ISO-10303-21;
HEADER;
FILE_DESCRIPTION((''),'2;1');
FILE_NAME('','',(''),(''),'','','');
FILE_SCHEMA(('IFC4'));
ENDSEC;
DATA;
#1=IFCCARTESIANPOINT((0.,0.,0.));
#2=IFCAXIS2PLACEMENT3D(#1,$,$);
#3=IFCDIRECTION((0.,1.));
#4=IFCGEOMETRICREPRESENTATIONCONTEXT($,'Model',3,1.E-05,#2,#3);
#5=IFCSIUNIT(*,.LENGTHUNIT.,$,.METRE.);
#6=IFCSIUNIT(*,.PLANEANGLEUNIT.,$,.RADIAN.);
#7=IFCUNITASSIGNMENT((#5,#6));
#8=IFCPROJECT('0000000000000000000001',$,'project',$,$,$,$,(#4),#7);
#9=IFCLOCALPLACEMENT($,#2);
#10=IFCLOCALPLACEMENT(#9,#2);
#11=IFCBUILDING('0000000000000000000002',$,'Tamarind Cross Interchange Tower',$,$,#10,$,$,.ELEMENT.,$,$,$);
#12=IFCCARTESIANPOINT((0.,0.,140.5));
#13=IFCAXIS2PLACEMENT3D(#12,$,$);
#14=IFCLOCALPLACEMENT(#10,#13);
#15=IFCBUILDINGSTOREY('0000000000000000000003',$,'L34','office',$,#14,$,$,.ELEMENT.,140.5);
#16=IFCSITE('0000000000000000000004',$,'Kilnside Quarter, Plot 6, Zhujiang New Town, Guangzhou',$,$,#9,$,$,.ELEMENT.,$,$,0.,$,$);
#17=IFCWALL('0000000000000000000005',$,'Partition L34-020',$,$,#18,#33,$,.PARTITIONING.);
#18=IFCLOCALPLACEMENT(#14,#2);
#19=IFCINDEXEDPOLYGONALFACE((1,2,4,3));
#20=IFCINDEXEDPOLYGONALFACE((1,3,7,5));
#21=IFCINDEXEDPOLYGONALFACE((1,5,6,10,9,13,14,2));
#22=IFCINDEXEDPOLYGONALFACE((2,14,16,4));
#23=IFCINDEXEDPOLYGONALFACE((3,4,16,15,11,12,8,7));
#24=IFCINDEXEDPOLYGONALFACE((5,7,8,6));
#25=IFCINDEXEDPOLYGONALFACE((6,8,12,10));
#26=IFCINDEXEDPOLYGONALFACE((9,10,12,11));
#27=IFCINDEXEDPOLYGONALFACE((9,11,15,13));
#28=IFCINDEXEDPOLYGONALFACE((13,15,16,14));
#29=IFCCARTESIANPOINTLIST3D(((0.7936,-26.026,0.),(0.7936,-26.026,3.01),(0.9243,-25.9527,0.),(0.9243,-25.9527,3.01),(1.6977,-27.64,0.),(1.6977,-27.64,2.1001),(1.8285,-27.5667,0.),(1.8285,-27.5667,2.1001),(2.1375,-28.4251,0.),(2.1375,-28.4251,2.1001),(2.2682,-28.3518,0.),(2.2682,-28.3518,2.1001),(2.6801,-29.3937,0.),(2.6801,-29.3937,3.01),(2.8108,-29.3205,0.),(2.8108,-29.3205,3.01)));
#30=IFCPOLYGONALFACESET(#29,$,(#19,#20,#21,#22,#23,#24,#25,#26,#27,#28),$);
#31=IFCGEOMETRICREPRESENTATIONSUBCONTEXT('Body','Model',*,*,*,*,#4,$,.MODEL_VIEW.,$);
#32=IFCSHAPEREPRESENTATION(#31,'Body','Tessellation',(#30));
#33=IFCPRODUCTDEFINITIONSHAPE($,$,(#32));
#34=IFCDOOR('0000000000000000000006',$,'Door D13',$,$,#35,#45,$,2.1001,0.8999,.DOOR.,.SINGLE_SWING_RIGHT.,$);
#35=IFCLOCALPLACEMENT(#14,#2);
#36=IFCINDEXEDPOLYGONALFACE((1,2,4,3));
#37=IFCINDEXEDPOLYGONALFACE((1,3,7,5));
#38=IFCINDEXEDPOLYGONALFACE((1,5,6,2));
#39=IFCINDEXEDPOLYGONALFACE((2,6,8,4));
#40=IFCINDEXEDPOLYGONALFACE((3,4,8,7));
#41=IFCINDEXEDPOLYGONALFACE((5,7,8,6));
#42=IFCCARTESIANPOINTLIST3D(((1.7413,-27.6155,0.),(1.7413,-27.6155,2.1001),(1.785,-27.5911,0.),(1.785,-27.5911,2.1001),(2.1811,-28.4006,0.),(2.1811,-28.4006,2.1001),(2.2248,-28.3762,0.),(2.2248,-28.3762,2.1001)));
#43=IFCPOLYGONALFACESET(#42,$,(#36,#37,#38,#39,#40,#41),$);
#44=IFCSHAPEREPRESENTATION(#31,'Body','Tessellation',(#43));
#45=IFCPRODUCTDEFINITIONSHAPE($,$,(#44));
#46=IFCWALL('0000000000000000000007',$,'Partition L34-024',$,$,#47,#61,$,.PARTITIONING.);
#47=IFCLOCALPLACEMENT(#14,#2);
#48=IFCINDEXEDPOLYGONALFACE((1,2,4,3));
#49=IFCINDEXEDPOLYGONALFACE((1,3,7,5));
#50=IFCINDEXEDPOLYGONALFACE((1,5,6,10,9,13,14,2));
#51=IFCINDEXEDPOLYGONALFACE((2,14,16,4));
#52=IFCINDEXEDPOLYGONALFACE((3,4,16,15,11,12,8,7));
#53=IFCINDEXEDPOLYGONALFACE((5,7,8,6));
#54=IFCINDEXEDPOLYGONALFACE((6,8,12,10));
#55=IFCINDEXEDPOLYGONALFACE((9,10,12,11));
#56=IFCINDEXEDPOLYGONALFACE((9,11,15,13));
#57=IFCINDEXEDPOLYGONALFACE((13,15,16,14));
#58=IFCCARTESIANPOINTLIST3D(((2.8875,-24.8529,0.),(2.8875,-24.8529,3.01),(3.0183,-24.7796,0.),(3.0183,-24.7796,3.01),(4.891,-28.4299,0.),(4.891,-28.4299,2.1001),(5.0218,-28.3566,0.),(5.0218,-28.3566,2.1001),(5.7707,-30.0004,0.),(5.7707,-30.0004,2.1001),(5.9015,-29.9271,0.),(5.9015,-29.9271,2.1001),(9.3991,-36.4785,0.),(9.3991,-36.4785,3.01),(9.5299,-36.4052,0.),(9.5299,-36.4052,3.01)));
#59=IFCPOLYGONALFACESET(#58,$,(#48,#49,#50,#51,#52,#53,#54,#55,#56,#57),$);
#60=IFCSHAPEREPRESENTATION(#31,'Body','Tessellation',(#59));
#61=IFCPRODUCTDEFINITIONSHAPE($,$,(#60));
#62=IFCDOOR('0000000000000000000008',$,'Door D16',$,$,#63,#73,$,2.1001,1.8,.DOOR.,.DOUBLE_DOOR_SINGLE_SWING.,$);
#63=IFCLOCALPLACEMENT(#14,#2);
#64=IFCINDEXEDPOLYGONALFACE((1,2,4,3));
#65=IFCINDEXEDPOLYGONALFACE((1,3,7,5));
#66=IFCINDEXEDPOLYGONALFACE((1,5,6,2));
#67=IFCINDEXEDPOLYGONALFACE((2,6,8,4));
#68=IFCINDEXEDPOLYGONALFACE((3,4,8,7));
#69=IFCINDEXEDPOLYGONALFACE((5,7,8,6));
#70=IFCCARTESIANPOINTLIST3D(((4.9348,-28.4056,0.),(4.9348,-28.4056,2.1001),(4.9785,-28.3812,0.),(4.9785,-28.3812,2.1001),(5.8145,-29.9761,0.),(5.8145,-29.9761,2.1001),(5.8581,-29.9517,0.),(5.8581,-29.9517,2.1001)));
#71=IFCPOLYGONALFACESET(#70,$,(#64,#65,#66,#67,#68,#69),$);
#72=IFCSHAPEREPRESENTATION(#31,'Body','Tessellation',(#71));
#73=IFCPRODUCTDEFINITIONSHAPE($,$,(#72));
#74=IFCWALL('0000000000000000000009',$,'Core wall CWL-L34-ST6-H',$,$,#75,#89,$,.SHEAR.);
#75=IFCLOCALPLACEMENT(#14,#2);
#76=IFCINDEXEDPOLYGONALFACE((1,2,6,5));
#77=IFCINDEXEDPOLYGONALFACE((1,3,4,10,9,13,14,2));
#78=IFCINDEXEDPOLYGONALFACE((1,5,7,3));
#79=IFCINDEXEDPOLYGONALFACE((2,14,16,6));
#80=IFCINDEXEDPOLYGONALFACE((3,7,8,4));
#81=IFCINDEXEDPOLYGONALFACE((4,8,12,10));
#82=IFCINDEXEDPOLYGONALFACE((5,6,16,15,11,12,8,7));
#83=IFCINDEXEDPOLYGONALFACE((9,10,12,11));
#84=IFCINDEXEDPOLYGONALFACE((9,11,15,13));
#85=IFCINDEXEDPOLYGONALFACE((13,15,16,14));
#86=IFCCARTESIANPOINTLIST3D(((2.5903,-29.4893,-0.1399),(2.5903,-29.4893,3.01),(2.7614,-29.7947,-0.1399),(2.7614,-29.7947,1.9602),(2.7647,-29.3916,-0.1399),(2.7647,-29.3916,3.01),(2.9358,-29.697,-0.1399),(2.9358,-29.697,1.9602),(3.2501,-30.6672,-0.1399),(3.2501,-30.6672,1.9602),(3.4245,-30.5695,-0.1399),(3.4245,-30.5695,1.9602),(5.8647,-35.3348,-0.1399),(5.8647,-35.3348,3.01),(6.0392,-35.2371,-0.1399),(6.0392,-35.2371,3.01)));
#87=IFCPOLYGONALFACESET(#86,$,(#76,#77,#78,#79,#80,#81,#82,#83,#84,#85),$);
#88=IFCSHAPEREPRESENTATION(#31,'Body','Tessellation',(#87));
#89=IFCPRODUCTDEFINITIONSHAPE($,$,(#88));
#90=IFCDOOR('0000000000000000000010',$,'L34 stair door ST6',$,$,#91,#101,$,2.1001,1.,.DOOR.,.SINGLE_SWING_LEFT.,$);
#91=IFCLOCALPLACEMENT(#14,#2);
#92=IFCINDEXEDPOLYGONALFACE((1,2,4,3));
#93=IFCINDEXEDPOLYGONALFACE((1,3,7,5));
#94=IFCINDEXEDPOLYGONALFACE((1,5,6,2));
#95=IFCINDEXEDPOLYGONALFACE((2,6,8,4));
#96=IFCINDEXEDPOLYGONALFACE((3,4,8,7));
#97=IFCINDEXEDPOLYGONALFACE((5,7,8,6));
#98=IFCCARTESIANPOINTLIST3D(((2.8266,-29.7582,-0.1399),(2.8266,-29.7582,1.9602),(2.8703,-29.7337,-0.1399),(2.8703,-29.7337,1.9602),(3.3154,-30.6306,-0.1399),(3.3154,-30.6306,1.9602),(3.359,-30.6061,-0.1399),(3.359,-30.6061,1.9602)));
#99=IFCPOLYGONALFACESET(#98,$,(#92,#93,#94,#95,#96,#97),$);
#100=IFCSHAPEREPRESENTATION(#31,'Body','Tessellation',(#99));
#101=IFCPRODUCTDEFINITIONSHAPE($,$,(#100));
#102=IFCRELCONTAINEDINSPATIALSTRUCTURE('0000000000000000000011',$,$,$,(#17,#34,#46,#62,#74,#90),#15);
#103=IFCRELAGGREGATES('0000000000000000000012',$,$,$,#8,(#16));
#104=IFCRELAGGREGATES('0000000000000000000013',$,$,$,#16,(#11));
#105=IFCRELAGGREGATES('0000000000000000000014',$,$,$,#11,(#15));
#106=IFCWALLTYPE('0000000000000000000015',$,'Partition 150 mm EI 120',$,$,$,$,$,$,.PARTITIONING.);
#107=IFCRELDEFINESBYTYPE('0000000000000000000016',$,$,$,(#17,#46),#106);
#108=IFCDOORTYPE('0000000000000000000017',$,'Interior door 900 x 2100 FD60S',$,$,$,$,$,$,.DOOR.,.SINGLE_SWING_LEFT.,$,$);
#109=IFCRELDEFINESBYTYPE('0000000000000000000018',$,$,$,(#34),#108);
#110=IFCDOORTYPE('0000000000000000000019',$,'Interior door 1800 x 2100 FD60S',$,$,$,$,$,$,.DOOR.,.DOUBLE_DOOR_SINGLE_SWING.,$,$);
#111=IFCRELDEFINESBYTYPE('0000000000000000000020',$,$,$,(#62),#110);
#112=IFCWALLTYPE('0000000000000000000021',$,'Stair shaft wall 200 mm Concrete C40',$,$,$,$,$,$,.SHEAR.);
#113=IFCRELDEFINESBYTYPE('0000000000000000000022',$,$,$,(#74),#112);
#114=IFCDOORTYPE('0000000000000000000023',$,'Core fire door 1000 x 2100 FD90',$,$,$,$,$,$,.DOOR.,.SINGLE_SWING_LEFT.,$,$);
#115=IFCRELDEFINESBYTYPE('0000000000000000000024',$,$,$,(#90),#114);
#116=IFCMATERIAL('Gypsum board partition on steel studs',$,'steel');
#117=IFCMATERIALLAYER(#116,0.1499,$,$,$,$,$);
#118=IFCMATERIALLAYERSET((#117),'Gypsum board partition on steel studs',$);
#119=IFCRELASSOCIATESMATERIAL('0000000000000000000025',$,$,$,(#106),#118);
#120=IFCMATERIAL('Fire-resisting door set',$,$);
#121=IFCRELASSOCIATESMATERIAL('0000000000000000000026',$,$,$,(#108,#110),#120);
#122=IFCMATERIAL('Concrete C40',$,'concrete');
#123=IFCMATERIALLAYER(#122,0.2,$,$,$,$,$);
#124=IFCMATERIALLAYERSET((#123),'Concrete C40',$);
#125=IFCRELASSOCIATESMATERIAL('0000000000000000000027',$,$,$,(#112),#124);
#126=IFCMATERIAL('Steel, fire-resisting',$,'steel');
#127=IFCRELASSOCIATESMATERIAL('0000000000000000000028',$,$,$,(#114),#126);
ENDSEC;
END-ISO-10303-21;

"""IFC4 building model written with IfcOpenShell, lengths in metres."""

from ifc_helpers import new_model, si_unit, direction, frame, frame_2d, origin, place, context, subcontext, project, spatial, rectangle, extrude, material, layer, layer_set, type_object, element, fill, save


model = new_model("IFC4")

# Units and contexts
model_context = context("Model", 3, precision=1e-05, world=origin(), true_north=direction((0.0, 1.0)))
body_context = subcontext(model_context, "Body", "Model", "MODEL_VIEW")
ifc_project = project(units=[si_unit("LENGTHUNIT", "METRE"), si_unit("PLANEANGLEUNIT", "RADIAN")], contexts=[model_context])

# Site, building, storey
site_placement = place(None, origin())
site = spatial("IfcSite", under=ifc_project, at=site_placement, Name="Kilnside Quarter, Plot 6, Zhujiang New Town, Guangzhou", CompositionType="ELEMENT", RefElevation=0.0)
building_placement = place(site_placement, origin())
building = spatial("IfcBuilding", under=site, at=building_placement, Name="Tamarind Cross Interchange Tower", CompositionType="ELEMENT")
storey_placement = place(building_placement, frame((0.0, 0.0, 140.5)))
storey = spatial("IfcBuildingStorey", under=building, at=storey_placement, Name="L34", Description="office", CompositionType="ELEMENT", Elevation=140.5)

# Shared definitions
ifc_material_1 = material(Name="Gypsum board partition on steel studs", Category="steel")
ifc_layer_1 = layer(ifc_material_1, 0.1499)
ifc_layer_set_1 = layer_set([ifc_layer_1], Name="Gypsum board partition on steel studs")
wall_type_1 = type_object("IfcWallType", Name="Partition 150 mm EI 120", PredefinedType="PARTITIONING", material=ifc_layer_set_1)

# Walls, openings, doors
wall_1_placement = place(storey_placement, frame((0.8589, -25.9893, 0.0), z_axis=(0.0, 0.0, 1.0), x_axis=(0.488717, -0.872442, 0.0)))
wall_1 = element("IfcWall", 1, at=wall_1_placement, inside=storey, type_object=wall_type_1, Name="Partition L34-020", PredefinedType="PARTITIONING", context=body_context, shape_type="SweptSolid", body=[
    extrude(rectangle(XDim=3.8601, YDim=0.1499, at=frame_2d((1.9302, 0.0))), origin(), (0.0, 0.0, 1.0), 3.01),
])
opening_1_placement = place(wall_1_placement, frame((1.8501, 0.0, 0.0)))
opening_1 = element("IfcOpeningElement", 2, at=opening_1_placement, cuts=wall_1, PredefinedType="OPENING", context=body_context, shape_type="SweptSolid", body=[
    extrude(rectangle(XDim=0.8999, YDim=2.1001, at=frame_2d((0.45, 1.05))), frame((0.0, 0.085, 0.0), z_axis=(0.0, -1.0, 0.0), x_axis=(1.0, 0.0, 0.0)), (0.0, 0.0, 1.0), 0.1699),
])
ifc_material_2 = material(Name="Fire-resisting door set")
door_type_1 = type_object("IfcDoorType", Name="Interior door 900 x 2100 FD60S", OperationType="SINGLE_SWING_LEFT", PredefinedType="DOOR", material=ifc_material_2)
door_1_placement = place(opening_1_placement, frame((0.8999, 0.0, 0.0), z_axis=(0.0, 0.0, 1.0), x_axis=(-1.0, 0.0, 0.0)))
door_1 = element("IfcDoor", 3, at=door_1_placement, inside=storey, type_object=door_type_1, Name="Door D13", OperationType="SINGLE_SWING_RIGHT", OverallHeight=2.1001, OverallWidth=0.8999, PredefinedType="DOOR", context=body_context, shape_type="SweptSolid", body=[
    extrude(rectangle(XDim=0.8999, YDim=2.1001, at=frame_2d((0.45, 1.05))), frame((0.0, 0.0249, 0.0), z_axis=(0.0, -1.0, 0.0), x_axis=(1.0, 0.0, 0.0)), (0.0, 0.0, 1.0), 0.05),
])
fill(opening_1, door_1)
wall_2_placement = place(storey_placement, frame((2.9529, -24.8162, 0.0), z_axis=(0.0, 0.0, 1.0), x_axis=(0.488672, -0.872468, 0.0)))
wall_2 = element("IfcWall", 4, at=wall_2_placement, inside=storey, type_object=wall_type_1, Name="Partition L34-024", PredefinedType="PARTITIONING", context=body_context, shape_type="SweptSolid", body=[
    extrude(rectangle(XDim=13.325, YDim=0.1499, at=frame_2d((6.6626, 0.0))), origin(), (0.0, 0.0, 1.0), 3.01),
])
opening_2_placement = place(wall_2_placement, frame((4.1001, 0.0, 0.0)))
opening_2 = element("IfcOpeningElement", 5, at=opening_2_placement, cuts=wall_2, PredefinedType="OPENING", context=body_context, shape_type="SweptSolid", body=[
    extrude(rectangle(XDim=1.8, YDim=2.1001, at=frame_2d((0.8999, 1.05))), frame((0.0, 0.085, 0.0), z_axis=(0.0, -1.0, 0.0), x_axis=(1.0, 0.0, 0.0)), (0.0, 0.0, 1.0), 0.1699),
])
door_type_2 = type_object("IfcDoorType", Name="Interior door 1800 x 2100 FD60S", OperationType="DOUBLE_DOOR_SINGLE_SWING", PredefinedType="DOOR", material=ifc_material_2)
door_2_placement = place(opening_2_placement, frame((1.8, 0.0, 0.0), z_axis=(0.0, 0.0, 1.0), x_axis=(-1.0, 0.0, 0.0)))
door_2 = element("IfcDoor", 6, at=door_2_placement, inside=storey, type_object=door_type_2, Name="Door D16", OperationType="DOUBLE_DOOR_SINGLE_SWING", OverallHeight=2.1001, OverallWidth=1.8, PredefinedType="DOOR", context=body_context, shape_type="SweptSolid", body=[
    extrude(rectangle(XDim=1.8, YDim=2.1001, at=frame_2d((0.8999, 1.05))), frame((0.0, 0.0249, 0.0), z_axis=(0.0, -1.0, 0.0), x_axis=(1.0, 0.0, 0.0)), (0.0, 0.0, 1.0), 0.05),
])
fill(opening_2, door_2)
ifc_material_3 = material(Name="Concrete C40", Category="concrete")
ifc_layer_2 = layer(ifc_material_3, 0.2)
ifc_layer_set_2 = layer_set([ifc_layer_2], Name="Concrete C40")
wall_type_2 = type_object("IfcWallType", Name="Stair shaft wall 200 mm Concrete C40", PredefinedType="SHEAR", material=ifc_layer_set_2)
wall_3_placement = place(storey_placement, frame((2.6775, -29.4404, -0.1399), z_axis=(0.0, 0.0, 1.0), x_axis=(0.488712, -0.872445, 0.0)))
wall_3 = element("IfcWall", 7, at=wall_3_placement, inside=storey, type_object=wall_type_2, Name="Core wall CWL-L34-ST6-H", PredefinedType="SHEAR", context=body_context, shape_type="SweptSolid", body=[
    extrude(rectangle(XDim=6.7002, YDim=0.2, at=frame_2d((3.3501, 0.0))), origin(), (0.0, 0.0, 1.0), 3.1499),
])
opening_3_placement = place(wall_3_placement, frame((0.3501, 0.0, 0.0)))
opening_3 = element("IfcOpeningElement", 8, at=opening_3_placement, cuts=wall_3, PredefinedType="OPENING", context=body_context, shape_type="SweptSolid", body=[
    extrude(rectangle(XDim=1.0, YDim=2.1001, at=frame_2d((0.5, 1.05))), frame((0.0, 0.1099, 0.0), z_axis=(0.0, -1.0, 0.0), x_axis=(1.0, 0.0, 0.0)), (0.0, 0.0, 1.0), 0.22),
])
ifc_material_4 = material(Name="Steel, fire-resisting", Category="steel")
door_type_3 = type_object("IfcDoorType", Name="Core fire door 1000 x 2100 FD90", OperationType="SINGLE_SWING_LEFT", PredefinedType="DOOR", material=ifc_material_4)
door_3_placement = place(opening_3_placement, origin())
door_3 = element("IfcDoor", 9, at=door_3_placement, inside=storey, type_object=door_type_3, Name="L34 stair door ST6", OperationType="SINGLE_SWING_LEFT", OverallHeight=2.1001, OverallWidth=1.0, PredefinedType="DOOR", context=body_context, shape_type="SweptSolid", body=[
    extrude(rectangle(XDim=1.0, YDim=2.1001, at=frame_2d((0.5, 1.05))), frame((0.0, 0.0249, 0.0), z_axis=(0.0, -1.0, 0.0), x_axis=(1.0, 0.0, 0.0)), (0.0, 0.0, 1.0), 0.05),
])
fill(opening_3, door_3)

save(model, "model.ifc")
